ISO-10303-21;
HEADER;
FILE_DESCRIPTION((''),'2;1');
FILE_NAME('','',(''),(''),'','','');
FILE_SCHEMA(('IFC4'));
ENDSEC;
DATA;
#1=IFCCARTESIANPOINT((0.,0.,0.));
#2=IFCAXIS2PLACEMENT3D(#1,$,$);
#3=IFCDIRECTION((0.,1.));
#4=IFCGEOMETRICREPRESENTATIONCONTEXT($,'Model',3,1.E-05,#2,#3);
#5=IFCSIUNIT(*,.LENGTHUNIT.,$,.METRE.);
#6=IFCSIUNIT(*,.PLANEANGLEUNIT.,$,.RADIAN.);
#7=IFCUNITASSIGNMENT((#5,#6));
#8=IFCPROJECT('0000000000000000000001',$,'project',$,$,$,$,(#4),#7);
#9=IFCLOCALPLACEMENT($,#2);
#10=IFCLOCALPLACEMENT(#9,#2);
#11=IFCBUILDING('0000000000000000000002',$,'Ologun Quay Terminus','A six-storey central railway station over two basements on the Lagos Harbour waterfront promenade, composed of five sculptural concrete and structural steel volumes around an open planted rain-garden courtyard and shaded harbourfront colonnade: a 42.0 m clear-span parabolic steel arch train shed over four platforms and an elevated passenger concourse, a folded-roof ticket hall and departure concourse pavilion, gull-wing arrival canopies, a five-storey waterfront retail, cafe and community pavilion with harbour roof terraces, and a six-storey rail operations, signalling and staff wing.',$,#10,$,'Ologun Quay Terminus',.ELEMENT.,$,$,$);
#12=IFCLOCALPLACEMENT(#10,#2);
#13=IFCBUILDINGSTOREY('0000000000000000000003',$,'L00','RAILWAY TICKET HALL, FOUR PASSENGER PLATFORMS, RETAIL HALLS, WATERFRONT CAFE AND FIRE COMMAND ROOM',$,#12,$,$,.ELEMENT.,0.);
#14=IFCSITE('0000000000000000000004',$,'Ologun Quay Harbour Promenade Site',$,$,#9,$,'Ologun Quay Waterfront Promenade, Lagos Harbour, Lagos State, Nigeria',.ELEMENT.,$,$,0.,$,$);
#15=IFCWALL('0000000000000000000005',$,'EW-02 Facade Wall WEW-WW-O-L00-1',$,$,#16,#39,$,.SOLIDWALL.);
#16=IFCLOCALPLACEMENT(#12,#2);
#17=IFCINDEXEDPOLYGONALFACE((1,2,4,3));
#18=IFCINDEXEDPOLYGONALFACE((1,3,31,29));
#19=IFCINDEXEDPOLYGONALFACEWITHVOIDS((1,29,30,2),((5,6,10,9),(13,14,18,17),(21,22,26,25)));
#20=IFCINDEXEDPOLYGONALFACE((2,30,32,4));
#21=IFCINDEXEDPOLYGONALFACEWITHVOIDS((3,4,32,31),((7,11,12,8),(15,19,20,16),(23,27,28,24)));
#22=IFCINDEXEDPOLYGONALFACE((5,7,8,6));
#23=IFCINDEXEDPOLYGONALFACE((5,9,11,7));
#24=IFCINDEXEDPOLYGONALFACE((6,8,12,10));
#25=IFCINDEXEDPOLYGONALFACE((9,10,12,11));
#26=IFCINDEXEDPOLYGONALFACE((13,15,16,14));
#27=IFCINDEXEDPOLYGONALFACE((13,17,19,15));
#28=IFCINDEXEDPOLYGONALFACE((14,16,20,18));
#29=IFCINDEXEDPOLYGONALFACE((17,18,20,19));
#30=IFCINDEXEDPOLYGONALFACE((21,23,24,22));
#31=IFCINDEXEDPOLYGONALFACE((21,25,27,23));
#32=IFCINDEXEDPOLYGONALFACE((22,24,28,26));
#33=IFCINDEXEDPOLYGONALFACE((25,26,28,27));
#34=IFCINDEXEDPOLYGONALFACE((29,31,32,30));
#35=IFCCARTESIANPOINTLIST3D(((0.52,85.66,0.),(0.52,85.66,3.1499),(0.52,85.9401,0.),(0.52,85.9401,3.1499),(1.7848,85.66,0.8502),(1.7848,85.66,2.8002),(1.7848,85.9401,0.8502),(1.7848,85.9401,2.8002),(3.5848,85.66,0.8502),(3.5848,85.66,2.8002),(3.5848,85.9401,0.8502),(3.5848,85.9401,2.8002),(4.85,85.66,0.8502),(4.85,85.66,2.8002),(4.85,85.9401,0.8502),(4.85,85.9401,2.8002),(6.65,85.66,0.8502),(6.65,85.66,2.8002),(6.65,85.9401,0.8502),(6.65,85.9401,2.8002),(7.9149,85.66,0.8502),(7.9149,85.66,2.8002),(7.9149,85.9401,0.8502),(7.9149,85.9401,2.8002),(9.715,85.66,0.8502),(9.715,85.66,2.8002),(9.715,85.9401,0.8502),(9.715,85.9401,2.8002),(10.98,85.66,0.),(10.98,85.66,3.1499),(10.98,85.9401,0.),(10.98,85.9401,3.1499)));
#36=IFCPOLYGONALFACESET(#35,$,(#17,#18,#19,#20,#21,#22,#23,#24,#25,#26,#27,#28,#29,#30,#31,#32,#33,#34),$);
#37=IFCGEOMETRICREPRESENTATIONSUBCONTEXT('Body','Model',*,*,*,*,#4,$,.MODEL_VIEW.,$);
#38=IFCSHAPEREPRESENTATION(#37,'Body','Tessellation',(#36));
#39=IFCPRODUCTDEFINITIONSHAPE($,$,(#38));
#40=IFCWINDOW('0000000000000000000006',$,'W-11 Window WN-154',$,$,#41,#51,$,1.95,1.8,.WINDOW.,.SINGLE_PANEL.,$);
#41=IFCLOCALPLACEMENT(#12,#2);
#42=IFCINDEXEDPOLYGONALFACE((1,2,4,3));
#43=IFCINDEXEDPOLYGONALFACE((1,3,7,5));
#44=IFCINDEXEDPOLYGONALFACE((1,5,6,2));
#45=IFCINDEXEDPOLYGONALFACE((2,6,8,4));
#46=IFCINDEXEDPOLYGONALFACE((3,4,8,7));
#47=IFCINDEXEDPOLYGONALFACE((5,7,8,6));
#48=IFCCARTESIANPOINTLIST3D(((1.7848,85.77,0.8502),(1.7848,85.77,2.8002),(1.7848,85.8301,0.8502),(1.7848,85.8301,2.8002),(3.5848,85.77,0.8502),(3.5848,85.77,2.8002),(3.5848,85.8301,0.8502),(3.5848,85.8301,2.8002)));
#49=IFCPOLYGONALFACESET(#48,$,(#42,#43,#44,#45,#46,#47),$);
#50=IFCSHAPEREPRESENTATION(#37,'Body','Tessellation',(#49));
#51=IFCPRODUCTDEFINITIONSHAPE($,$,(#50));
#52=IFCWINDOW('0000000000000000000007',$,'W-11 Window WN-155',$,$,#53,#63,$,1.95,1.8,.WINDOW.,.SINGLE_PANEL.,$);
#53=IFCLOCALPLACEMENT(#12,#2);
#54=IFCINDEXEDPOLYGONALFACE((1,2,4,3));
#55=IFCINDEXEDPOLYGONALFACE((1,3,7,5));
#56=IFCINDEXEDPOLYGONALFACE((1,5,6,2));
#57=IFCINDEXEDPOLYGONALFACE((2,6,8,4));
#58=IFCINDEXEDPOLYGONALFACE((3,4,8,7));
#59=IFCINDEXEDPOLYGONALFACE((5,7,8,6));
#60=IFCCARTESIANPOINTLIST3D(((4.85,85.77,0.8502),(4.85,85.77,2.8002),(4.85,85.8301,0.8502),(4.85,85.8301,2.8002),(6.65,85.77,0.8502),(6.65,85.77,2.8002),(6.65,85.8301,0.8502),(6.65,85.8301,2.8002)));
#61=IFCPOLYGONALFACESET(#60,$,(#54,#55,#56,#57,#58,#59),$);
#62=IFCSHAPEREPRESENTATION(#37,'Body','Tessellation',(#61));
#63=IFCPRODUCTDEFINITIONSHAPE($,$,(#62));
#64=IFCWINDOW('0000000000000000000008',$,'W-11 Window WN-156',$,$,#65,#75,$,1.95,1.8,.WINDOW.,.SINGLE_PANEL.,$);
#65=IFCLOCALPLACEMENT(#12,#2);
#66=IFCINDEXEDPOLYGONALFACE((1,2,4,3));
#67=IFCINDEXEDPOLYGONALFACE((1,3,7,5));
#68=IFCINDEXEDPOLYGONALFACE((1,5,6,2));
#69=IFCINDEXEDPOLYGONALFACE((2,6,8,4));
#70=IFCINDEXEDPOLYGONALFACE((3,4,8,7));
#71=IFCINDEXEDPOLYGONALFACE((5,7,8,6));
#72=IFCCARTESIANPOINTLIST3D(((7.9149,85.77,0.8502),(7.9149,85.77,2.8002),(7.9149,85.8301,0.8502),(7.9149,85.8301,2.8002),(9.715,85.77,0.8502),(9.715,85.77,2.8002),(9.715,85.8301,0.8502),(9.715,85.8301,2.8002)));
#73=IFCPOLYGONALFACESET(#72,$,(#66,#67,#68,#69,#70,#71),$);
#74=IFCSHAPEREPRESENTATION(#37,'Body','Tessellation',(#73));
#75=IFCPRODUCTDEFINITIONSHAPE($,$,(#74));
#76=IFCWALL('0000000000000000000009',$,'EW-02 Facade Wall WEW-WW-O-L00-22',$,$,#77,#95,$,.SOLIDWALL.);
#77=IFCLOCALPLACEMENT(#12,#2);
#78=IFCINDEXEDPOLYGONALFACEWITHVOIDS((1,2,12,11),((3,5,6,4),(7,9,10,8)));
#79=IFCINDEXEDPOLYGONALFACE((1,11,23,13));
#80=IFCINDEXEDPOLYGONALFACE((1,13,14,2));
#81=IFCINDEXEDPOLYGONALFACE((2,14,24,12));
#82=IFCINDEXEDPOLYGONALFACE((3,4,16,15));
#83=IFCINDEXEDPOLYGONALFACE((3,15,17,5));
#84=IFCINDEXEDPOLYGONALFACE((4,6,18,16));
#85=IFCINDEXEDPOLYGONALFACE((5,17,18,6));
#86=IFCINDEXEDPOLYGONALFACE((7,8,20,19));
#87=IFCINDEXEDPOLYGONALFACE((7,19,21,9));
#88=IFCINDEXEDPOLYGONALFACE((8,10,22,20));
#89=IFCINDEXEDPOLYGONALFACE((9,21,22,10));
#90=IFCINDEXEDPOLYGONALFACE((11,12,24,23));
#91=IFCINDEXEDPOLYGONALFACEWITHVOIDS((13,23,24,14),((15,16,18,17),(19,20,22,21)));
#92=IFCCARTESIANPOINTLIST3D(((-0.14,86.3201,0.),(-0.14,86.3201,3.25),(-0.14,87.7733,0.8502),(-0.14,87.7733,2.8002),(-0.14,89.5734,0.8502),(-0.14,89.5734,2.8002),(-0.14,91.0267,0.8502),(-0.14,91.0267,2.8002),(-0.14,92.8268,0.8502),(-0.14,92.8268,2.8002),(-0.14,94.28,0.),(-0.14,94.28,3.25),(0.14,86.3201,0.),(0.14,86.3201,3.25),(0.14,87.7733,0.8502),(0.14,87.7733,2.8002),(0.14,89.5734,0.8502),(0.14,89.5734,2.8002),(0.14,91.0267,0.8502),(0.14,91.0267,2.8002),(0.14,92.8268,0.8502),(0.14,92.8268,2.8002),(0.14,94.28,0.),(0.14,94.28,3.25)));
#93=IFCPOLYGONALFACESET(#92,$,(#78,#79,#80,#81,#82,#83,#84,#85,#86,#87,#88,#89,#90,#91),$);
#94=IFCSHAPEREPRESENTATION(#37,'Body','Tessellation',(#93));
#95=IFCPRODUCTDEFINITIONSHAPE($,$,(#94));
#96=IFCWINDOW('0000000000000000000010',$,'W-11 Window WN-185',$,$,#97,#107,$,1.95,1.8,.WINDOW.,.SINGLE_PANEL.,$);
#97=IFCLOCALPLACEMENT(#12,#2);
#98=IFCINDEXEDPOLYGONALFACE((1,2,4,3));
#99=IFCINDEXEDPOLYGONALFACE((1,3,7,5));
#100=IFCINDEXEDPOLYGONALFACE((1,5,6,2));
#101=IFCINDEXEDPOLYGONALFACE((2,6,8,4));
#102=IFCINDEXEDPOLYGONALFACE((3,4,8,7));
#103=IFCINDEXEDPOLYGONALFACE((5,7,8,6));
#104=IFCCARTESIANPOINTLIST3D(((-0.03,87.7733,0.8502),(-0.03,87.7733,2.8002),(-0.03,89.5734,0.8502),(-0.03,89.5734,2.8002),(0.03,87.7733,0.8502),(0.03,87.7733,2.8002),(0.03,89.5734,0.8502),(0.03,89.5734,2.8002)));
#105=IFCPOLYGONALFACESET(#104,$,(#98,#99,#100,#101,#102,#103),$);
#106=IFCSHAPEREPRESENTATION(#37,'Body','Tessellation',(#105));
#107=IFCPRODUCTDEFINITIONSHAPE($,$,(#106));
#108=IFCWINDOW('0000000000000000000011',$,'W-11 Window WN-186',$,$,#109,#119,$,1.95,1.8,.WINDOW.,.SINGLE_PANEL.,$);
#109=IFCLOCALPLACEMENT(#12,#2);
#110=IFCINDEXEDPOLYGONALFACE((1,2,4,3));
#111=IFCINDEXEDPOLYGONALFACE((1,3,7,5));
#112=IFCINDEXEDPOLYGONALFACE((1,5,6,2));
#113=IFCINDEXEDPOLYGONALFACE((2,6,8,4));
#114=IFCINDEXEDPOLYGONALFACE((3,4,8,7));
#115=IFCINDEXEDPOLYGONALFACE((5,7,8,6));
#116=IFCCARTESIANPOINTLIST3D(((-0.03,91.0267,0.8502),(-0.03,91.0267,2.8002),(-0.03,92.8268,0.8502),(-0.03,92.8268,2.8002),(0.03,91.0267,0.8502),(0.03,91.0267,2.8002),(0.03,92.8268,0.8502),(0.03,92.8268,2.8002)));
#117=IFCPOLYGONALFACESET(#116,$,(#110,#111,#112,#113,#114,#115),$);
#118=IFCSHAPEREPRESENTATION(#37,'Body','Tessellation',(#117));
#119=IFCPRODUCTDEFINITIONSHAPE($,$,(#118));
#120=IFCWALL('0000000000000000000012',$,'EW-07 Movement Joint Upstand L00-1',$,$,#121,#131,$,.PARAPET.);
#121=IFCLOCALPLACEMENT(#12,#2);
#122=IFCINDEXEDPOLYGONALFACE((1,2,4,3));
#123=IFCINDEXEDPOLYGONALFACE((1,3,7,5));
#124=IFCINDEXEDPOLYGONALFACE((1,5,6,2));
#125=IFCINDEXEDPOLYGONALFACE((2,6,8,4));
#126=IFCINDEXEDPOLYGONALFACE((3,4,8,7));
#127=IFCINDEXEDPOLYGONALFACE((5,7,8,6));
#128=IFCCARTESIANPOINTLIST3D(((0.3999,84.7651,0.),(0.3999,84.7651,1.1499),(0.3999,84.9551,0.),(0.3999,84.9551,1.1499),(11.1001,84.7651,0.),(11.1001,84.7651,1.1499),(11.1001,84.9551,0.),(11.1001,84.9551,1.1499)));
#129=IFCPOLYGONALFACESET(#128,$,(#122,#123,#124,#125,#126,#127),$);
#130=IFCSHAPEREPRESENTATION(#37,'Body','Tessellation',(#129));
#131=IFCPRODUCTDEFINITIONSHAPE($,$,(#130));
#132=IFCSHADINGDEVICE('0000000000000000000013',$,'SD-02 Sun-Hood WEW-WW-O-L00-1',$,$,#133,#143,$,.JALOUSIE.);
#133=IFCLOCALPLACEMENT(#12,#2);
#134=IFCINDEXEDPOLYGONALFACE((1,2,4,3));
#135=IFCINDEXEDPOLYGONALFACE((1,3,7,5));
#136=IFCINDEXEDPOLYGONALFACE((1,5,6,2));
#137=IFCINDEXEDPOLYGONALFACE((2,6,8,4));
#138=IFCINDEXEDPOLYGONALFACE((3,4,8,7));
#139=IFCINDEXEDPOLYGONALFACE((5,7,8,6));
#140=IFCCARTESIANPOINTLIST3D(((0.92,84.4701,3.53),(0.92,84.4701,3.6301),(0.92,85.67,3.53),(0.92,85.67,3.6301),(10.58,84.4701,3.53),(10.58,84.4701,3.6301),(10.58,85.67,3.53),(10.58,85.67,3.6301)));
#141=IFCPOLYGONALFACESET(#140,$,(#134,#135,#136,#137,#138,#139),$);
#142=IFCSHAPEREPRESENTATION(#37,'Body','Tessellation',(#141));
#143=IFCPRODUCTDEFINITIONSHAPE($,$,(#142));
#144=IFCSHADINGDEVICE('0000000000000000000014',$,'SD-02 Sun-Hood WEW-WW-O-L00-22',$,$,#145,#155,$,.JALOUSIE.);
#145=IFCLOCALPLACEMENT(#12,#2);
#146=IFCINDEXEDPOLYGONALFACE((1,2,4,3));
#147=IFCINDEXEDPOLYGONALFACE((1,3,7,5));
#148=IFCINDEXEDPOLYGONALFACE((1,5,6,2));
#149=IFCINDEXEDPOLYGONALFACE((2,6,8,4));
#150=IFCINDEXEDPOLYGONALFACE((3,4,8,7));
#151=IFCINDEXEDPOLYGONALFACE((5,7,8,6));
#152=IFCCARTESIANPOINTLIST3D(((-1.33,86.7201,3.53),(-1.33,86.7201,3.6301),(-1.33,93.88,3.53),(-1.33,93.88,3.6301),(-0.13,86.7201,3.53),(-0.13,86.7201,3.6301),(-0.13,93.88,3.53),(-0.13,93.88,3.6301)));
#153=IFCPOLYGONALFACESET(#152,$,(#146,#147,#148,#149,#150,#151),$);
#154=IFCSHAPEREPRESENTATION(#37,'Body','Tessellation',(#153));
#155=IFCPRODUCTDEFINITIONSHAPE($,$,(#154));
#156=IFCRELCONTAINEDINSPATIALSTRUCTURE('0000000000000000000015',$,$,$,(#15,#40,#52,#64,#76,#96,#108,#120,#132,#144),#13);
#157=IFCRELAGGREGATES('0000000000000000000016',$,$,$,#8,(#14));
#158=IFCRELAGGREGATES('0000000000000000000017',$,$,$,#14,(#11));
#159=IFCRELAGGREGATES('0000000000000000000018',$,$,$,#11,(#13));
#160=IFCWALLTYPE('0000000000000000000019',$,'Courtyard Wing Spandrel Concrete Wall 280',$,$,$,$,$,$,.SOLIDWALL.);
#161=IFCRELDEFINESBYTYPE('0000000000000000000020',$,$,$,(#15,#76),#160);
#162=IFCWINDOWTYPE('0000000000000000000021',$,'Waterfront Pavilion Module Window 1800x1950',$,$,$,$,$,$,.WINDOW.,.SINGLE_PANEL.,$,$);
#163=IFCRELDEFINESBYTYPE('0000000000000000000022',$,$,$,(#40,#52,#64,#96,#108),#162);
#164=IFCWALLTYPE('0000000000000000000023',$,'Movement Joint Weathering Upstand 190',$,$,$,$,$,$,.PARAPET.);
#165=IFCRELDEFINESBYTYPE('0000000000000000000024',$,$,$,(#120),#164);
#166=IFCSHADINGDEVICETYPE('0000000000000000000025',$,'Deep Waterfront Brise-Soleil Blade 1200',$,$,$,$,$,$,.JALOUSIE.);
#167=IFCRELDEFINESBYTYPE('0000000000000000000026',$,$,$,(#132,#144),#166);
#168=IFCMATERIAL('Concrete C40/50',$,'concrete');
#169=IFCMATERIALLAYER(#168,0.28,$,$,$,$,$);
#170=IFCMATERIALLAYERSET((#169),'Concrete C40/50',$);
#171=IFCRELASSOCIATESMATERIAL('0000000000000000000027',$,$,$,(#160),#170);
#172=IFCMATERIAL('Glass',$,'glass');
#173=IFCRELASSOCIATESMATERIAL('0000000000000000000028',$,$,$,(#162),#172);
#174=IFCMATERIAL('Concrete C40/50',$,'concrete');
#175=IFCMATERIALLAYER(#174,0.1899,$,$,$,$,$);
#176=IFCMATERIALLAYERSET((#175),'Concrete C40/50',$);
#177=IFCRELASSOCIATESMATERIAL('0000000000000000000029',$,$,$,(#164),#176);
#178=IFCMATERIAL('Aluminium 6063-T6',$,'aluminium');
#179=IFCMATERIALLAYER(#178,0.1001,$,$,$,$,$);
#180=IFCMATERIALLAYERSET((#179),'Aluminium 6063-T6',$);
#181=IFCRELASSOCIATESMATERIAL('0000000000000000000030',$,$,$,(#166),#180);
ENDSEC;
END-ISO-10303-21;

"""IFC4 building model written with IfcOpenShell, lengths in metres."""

from ifc_helpers import new_model, si_unit, direction, frame, frame_2d, origin, origin_2d, place, context, subcontext, project, spatial, rectangle, extrude, material, layer, layer_set, type_object, element, fill, save


model = new_model("IFC4")

# Units and contexts
model_context = context("Model", 3, precision=1e-05, world=origin(), true_north=direction((0.0, 1.0)))
body_context = subcontext(model_context, "Body", "Model", "MODEL_VIEW")
ifc_project = project(units=[si_unit("LENGTHUNIT", "METRE"), si_unit("PLANEANGLEUNIT", "RADIAN")], contexts=[model_context])

# Site, building, storey
site_placement = place(None, origin())
site = spatial("IfcSite", under=ifc_project, at=site_placement, Name="Ologun Quay Harbour Promenade Site", LongName="Ologun Quay Waterfront Promenade, Lagos Harbour, Lagos State, Nigeria", CompositionType="ELEMENT", RefElevation=0.0)
building_placement = place(site_placement, origin())
building = spatial("IfcBuilding", under=site, at=building_placement, Name="Ologun Quay Terminus", Description="A six-storey central railway station over two basements on the Lagos Harbour waterfront promenade, composed of five sculptural concrete and structural steel volumes around an open planted rain-garden courtyard and shaded harbourfront colonnade: a 42.0 m clear-span parabolic steel arch train shed over four platforms and an elevated passenger concourse, a folded-roof ticket hall and departure concourse pavilion, gull-wing arrival canopies, a five-storey waterfront retail, cafe and community pavilion with harbour roof terraces, and a six-storey rail operations, signalling and staff wing.", LongName="Ologun Quay Terminus", CompositionType="ELEMENT")
storey_placement = place(building_placement, origin())
storey = spatial("IfcBuildingStorey", under=building, at=storey_placement, Name="L00", Description="RAILWAY TICKET HALL, FOUR PASSENGER PLATFORMS, RETAIL HALLS, WATERFRONT CAFE AND FIRE COMMAND ROOM", CompositionType="ELEMENT", Elevation=0.0)

# Walls, openings, windows
ifc_material_1 = material(Name="Concrete C40/50", Category="concrete")
ifc_layer_1 = layer(ifc_material_1, 0.28)
ifc_layer_set_1 = layer_set([ifc_layer_1], Name="Concrete C40/50")
wall_type_1 = type_object("IfcWallType", Name="Courtyard Wing Spandrel Concrete Wall 280", PredefinedType="SOLIDWALL", material=ifc_layer_set_1)
wall_1_placement = place(storey_placement, frame((0.52, 85.8, 0.0), z_axis=(0.0, 0.0, 1.0), x_axis=(1.0, 0.0, 0.0)))
wall_1 = element("IfcWall", 1, at=wall_1_placement, inside=storey, type_object=wall_type_1, Name="EW-02 Facade Wall WEW-WW-O-L00-1", PredefinedType="SOLIDWALL", context=body_context, shape_type="SweptSolid", body=[
    extrude(rectangle(XDim=10.46, YDim=0.28, at=frame_2d((5.23, 0.0))), origin(), (0.0, 0.0, 1.0), 3.1499),
])
opening_1_placement = place(wall_1_placement, frame((1.2649, 0.0, 0.8501)))
opening_1 = element("IfcOpeningElement", 2, at=opening_1_placement, cuts=wall_1, PredefinedType="OPENING", context=body_context, shape_type="SweptSolid", body=[
    extrude(rectangle(XDim=1.8, YDim=1.95, at=frame_2d((0.8999, 0.9751))), frame((0.0, 0.1499, 0.0), z_axis=(0.0, -1.0, 0.0), x_axis=(1.0, 0.0, 0.0)), (0.0, 0.0, 1.0), 0.3),
])
opening_2_placement = place(wall_1_placement, frame((4.3301, 0.0, 0.8501)))
opening_2 = element("IfcOpeningElement", 3, at=opening_2_placement, cuts=wall_1, PredefinedType="OPENING", context=body_context, shape_type="SweptSolid", body=[
    extrude(rectangle(XDim=1.8, YDim=1.95, at=frame_2d((0.8999, 0.9751))), frame((0.0, 0.1499, 0.0), z_axis=(0.0, -1.0, 0.0), x_axis=(1.0, 0.0, 0.0)), (0.0, 0.0, 1.0), 0.3),
])
opening_3_placement = place(wall_1_placement, frame((7.395, 0.0, 0.8501)))
opening_3 = element("IfcOpeningElement", 4, at=opening_3_placement, cuts=wall_1, PredefinedType="OPENING", context=body_context, shape_type="SweptSolid", body=[
    extrude(rectangle(XDim=1.8, YDim=1.95, at=frame_2d((0.8999, 0.9751))), frame((0.0, 0.1499, 0.0), z_axis=(0.0, -1.0, 0.0), x_axis=(1.0, 0.0, 0.0)), (0.0, 0.0, 1.0), 0.3),
])
ifc_material_2 = material(Name="Glass", Category="glass")
window_type = type_object("IfcWindowType", Name="Waterfront Pavilion Module Window 1800x1950", PartitioningType="SINGLE_PANEL", PredefinedType="WINDOW", material=ifc_material_2)
window_1_placement = place(opening_1_placement, origin())
window_1 = element("IfcWindow", 5, at=window_1_placement, inside=storey, type_object=window_type, Name="W-11 Window WN-154", OverallHeight=1.95, OverallWidth=1.8, PartitioningType="SINGLE_PANEL", PredefinedType="WINDOW", context=body_context, shape_type="SweptSolid", body=[
    extrude(rectangle(XDim=1.8, YDim=1.95, at=frame_2d((0.8999, 0.9751))), frame((0.0, 0.03, 0.0), z_axis=(0.0, -1.0, 0.0), x_axis=(1.0, 0.0, 0.0)), (0.0, 0.0, 1.0), 0.0601),
])
fill(opening_1, window_1)
window_2_placement = place(opening_2_placement, origin())
window_2 = element("IfcWindow", 6, at=window_2_placement, inside=storey, type_object=window_type, Name="W-11 Window WN-155", OverallHeight=1.95, OverallWidth=1.8, PartitioningType="SINGLE_PANEL", PredefinedType="WINDOW", context=body_context, shape_type="SweptSolid", body=[
    extrude(rectangle(XDim=1.8, YDim=1.95, at=frame_2d((0.8999, 0.9751))), frame((0.0, 0.03, 0.0), z_axis=(0.0, -1.0, 0.0), x_axis=(1.0, 0.0, 0.0)), (0.0, 0.0, 1.0), 0.0601),
])
fill(opening_2, window_2)
window_3_placement = place(opening_3_placement, origin())
window_3 = element("IfcWindow", 7, at=window_3_placement, inside=storey, type_object=window_type, Name="W-11 Window WN-156", OverallHeight=1.95, OverallWidth=1.8, PartitioningType="SINGLE_PANEL", PredefinedType="WINDOW", context=body_context, shape_type="SweptSolid", body=[
    extrude(rectangle(XDim=1.8, YDim=1.95, at=frame_2d((0.8999, 0.9751))), frame((0.0, 0.03, 0.0), z_axis=(0.0, -1.0, 0.0), x_axis=(1.0, 0.0, 0.0)), (0.0, 0.0, 1.0), 0.0601),
])
fill(opening_3, window_3)
wall_2_placement = place(storey_placement, frame((0.0, 86.3201, 0.0), z_axis=(0.0, 0.0, 1.0), x_axis=(0.0, 1.0, 0.0)))
wall_2 = element("IfcWall", 8, at=wall_2_placement, inside=storey, type_object=wall_type_1, Name="EW-02 Facade Wall WEW-WW-O-L00-22", PredefinedType="SOLIDWALL", context=body_context, shape_type="SweptSolid", body=[
    extrude(rectangle(XDim=7.96, YDim=0.28, at=frame_2d((3.98, 0.0))), origin(), (0.0, 0.0, 1.0), 3.25),
])
opening_4_placement = place(wall_2_placement, frame((1.4534, 0.0, 0.8501)))
opening_4 = element("IfcOpeningElement", 9, at=opening_4_placement, cuts=wall_2, PredefinedType="OPENING", context=body_context, shape_type="SweptSolid", body=[
    extrude(rectangle(XDim=1.8, YDim=1.95, at=frame_2d((0.8999, 0.9751))), frame((0.0, 0.1499, 0.0), z_axis=(0.0, -1.0, 0.0), x_axis=(1.0, 0.0, 0.0)), (0.0, 0.0, 1.0), 0.3),
])
opening_5_placement = place(wall_2_placement, frame((4.7068, 0.0, 0.8501)))
opening_5 = element("IfcOpeningElement", 10, at=opening_5_placement, cuts=wall_2, PredefinedType="OPENING", context=body_context, shape_type="SweptSolid", body=[
    extrude(rectangle(XDim=1.8, YDim=1.95, at=frame_2d((0.8999, 0.9751))), frame((0.0, 0.1499, 0.0), z_axis=(0.0, -1.0, 0.0), x_axis=(1.0, 0.0, 0.0)), (0.0, 0.0, 1.0), 0.3),
])
window_4_placement = place(opening_4_placement, origin())
window_4 = element("IfcWindow", 11, at=window_4_placement, inside=storey, type_object=window_type, Name="W-11 Window WN-185", OverallHeight=1.95, OverallWidth=1.8, PartitioningType="SINGLE_PANEL", PredefinedType="WINDOW", context=body_context, shape_type="SweptSolid", body=[
    extrude(rectangle(XDim=1.8, YDim=1.95, at=frame_2d((0.8999, 0.9751))), frame((0.0, 0.03, 0.0), z_axis=(0.0, -1.0, 0.0), x_axis=(1.0, 0.0, 0.0)), (0.0, 0.0, 1.0), 0.0601),
])
fill(opening_4, window_4)
window_5_placement = place(opening_5_placement, origin())
window_5 = element("IfcWindow", 12, at=window_5_placement, inside=storey, type_object=window_type, Name="W-11 Window WN-186", OverallHeight=1.95, OverallWidth=1.8, PartitioningType="SINGLE_PANEL", PredefinedType="WINDOW", context=body_context, shape_type="SweptSolid", body=[
    extrude(rectangle(XDim=1.8, YDim=1.95, at=frame_2d((0.8999, 0.9751))), frame((0.0, 0.03, 0.0), z_axis=(0.0, -1.0, 0.0), x_axis=(1.0, 0.0, 0.0)), (0.0, 0.0, 1.0), 0.0601),
])
fill(opening_5, window_5)

# Wall
ifc_material_3 = material(Name="Concrete C40/50", Category="concrete")
ifc_layer_2 = layer(ifc_material_3, 0.1899)
ifc_layer_set_2 = layer_set([ifc_layer_2], Name="Concrete C40/50")
wall_type_2 = type_object("IfcWallType", Name="Movement Joint Weathering Upstand 190", PredefinedType="PARAPET", material=ifc_layer_set_2)
wall_3_placement = place(storey_placement, frame((0.3999, 84.8601, 0.0), z_axis=(0.0, 0.0, 1.0), x_axis=(1.0, 0.0, 0.0)))
element("IfcWall", 13, at=wall_3_placement, inside=storey, type_object=wall_type_2, Name="EW-07 Movement Joint Upstand L00-1", PredefinedType="PARAPET", context=body_context, shape_type="SweptSolid", body=[
    extrude(rectangle(XDim=10.7002, YDim=0.1899, at=frame_2d((5.3501, 0.0))), origin(), (0.0, 0.0, 1.0), 1.1499),
])

# Shading devices
ifc_material_4 = material(Name="Aluminium 6063-T6", Category="aluminium")
ifc_layer_3 = layer(ifc_material_4, 0.1001)
ifc_layer_set_3 = layer_set([ifc_layer_3], Name="Aluminium 6063-T6")
shading_device_type = type_object("IfcShadingDeviceType", Name="Deep Waterfront Brise-Soleil Blade 1200", PredefinedType="JALOUSIE", material=ifc_layer_set_3)
shading_device_1_placement = place(storey_placement, frame((5.75, 85.0701, 3.53), z_axis=(0.0, 0.0, 1.0), x_axis=(1.0, 0.0, 0.0)))
element("IfcShadingDevice", 14, at=shading_device_1_placement, inside=storey, type_object=shading_device_type, Name="SD-02 Sun-Hood WEW-WW-O-L00-1", PredefinedType="JALOUSIE", context=body_context, shape_type="SweptSolid", body=[
    extrude(rectangle(XDim=9.6599, YDim=1.2, at=origin_2d()), origin(), (0.0, 0.0, 1.0), 0.1001),
])
shading_device_2_placement = place(storey_placement, frame((-0.73, 90.3, 3.53), z_axis=(0.0, 0.0, 1.0), x_axis=(1.0, 0.0, 0.0)))
element("IfcShadingDevice", 15, at=shading_device_2_placement, inside=storey, type_object=shading_device_type, Name="SD-02 Sun-Hood WEW-WW-O-L00-22", PredefinedType="JALOUSIE", context=body_context, shape_type="SweptSolid", body=[
    extrude(rectangle(XDim=1.2, YDim=7.1599, at=origin_2d()), origin(), (0.0, 0.0, 1.0), 0.1001),
])

save(model, "model.ifc")
